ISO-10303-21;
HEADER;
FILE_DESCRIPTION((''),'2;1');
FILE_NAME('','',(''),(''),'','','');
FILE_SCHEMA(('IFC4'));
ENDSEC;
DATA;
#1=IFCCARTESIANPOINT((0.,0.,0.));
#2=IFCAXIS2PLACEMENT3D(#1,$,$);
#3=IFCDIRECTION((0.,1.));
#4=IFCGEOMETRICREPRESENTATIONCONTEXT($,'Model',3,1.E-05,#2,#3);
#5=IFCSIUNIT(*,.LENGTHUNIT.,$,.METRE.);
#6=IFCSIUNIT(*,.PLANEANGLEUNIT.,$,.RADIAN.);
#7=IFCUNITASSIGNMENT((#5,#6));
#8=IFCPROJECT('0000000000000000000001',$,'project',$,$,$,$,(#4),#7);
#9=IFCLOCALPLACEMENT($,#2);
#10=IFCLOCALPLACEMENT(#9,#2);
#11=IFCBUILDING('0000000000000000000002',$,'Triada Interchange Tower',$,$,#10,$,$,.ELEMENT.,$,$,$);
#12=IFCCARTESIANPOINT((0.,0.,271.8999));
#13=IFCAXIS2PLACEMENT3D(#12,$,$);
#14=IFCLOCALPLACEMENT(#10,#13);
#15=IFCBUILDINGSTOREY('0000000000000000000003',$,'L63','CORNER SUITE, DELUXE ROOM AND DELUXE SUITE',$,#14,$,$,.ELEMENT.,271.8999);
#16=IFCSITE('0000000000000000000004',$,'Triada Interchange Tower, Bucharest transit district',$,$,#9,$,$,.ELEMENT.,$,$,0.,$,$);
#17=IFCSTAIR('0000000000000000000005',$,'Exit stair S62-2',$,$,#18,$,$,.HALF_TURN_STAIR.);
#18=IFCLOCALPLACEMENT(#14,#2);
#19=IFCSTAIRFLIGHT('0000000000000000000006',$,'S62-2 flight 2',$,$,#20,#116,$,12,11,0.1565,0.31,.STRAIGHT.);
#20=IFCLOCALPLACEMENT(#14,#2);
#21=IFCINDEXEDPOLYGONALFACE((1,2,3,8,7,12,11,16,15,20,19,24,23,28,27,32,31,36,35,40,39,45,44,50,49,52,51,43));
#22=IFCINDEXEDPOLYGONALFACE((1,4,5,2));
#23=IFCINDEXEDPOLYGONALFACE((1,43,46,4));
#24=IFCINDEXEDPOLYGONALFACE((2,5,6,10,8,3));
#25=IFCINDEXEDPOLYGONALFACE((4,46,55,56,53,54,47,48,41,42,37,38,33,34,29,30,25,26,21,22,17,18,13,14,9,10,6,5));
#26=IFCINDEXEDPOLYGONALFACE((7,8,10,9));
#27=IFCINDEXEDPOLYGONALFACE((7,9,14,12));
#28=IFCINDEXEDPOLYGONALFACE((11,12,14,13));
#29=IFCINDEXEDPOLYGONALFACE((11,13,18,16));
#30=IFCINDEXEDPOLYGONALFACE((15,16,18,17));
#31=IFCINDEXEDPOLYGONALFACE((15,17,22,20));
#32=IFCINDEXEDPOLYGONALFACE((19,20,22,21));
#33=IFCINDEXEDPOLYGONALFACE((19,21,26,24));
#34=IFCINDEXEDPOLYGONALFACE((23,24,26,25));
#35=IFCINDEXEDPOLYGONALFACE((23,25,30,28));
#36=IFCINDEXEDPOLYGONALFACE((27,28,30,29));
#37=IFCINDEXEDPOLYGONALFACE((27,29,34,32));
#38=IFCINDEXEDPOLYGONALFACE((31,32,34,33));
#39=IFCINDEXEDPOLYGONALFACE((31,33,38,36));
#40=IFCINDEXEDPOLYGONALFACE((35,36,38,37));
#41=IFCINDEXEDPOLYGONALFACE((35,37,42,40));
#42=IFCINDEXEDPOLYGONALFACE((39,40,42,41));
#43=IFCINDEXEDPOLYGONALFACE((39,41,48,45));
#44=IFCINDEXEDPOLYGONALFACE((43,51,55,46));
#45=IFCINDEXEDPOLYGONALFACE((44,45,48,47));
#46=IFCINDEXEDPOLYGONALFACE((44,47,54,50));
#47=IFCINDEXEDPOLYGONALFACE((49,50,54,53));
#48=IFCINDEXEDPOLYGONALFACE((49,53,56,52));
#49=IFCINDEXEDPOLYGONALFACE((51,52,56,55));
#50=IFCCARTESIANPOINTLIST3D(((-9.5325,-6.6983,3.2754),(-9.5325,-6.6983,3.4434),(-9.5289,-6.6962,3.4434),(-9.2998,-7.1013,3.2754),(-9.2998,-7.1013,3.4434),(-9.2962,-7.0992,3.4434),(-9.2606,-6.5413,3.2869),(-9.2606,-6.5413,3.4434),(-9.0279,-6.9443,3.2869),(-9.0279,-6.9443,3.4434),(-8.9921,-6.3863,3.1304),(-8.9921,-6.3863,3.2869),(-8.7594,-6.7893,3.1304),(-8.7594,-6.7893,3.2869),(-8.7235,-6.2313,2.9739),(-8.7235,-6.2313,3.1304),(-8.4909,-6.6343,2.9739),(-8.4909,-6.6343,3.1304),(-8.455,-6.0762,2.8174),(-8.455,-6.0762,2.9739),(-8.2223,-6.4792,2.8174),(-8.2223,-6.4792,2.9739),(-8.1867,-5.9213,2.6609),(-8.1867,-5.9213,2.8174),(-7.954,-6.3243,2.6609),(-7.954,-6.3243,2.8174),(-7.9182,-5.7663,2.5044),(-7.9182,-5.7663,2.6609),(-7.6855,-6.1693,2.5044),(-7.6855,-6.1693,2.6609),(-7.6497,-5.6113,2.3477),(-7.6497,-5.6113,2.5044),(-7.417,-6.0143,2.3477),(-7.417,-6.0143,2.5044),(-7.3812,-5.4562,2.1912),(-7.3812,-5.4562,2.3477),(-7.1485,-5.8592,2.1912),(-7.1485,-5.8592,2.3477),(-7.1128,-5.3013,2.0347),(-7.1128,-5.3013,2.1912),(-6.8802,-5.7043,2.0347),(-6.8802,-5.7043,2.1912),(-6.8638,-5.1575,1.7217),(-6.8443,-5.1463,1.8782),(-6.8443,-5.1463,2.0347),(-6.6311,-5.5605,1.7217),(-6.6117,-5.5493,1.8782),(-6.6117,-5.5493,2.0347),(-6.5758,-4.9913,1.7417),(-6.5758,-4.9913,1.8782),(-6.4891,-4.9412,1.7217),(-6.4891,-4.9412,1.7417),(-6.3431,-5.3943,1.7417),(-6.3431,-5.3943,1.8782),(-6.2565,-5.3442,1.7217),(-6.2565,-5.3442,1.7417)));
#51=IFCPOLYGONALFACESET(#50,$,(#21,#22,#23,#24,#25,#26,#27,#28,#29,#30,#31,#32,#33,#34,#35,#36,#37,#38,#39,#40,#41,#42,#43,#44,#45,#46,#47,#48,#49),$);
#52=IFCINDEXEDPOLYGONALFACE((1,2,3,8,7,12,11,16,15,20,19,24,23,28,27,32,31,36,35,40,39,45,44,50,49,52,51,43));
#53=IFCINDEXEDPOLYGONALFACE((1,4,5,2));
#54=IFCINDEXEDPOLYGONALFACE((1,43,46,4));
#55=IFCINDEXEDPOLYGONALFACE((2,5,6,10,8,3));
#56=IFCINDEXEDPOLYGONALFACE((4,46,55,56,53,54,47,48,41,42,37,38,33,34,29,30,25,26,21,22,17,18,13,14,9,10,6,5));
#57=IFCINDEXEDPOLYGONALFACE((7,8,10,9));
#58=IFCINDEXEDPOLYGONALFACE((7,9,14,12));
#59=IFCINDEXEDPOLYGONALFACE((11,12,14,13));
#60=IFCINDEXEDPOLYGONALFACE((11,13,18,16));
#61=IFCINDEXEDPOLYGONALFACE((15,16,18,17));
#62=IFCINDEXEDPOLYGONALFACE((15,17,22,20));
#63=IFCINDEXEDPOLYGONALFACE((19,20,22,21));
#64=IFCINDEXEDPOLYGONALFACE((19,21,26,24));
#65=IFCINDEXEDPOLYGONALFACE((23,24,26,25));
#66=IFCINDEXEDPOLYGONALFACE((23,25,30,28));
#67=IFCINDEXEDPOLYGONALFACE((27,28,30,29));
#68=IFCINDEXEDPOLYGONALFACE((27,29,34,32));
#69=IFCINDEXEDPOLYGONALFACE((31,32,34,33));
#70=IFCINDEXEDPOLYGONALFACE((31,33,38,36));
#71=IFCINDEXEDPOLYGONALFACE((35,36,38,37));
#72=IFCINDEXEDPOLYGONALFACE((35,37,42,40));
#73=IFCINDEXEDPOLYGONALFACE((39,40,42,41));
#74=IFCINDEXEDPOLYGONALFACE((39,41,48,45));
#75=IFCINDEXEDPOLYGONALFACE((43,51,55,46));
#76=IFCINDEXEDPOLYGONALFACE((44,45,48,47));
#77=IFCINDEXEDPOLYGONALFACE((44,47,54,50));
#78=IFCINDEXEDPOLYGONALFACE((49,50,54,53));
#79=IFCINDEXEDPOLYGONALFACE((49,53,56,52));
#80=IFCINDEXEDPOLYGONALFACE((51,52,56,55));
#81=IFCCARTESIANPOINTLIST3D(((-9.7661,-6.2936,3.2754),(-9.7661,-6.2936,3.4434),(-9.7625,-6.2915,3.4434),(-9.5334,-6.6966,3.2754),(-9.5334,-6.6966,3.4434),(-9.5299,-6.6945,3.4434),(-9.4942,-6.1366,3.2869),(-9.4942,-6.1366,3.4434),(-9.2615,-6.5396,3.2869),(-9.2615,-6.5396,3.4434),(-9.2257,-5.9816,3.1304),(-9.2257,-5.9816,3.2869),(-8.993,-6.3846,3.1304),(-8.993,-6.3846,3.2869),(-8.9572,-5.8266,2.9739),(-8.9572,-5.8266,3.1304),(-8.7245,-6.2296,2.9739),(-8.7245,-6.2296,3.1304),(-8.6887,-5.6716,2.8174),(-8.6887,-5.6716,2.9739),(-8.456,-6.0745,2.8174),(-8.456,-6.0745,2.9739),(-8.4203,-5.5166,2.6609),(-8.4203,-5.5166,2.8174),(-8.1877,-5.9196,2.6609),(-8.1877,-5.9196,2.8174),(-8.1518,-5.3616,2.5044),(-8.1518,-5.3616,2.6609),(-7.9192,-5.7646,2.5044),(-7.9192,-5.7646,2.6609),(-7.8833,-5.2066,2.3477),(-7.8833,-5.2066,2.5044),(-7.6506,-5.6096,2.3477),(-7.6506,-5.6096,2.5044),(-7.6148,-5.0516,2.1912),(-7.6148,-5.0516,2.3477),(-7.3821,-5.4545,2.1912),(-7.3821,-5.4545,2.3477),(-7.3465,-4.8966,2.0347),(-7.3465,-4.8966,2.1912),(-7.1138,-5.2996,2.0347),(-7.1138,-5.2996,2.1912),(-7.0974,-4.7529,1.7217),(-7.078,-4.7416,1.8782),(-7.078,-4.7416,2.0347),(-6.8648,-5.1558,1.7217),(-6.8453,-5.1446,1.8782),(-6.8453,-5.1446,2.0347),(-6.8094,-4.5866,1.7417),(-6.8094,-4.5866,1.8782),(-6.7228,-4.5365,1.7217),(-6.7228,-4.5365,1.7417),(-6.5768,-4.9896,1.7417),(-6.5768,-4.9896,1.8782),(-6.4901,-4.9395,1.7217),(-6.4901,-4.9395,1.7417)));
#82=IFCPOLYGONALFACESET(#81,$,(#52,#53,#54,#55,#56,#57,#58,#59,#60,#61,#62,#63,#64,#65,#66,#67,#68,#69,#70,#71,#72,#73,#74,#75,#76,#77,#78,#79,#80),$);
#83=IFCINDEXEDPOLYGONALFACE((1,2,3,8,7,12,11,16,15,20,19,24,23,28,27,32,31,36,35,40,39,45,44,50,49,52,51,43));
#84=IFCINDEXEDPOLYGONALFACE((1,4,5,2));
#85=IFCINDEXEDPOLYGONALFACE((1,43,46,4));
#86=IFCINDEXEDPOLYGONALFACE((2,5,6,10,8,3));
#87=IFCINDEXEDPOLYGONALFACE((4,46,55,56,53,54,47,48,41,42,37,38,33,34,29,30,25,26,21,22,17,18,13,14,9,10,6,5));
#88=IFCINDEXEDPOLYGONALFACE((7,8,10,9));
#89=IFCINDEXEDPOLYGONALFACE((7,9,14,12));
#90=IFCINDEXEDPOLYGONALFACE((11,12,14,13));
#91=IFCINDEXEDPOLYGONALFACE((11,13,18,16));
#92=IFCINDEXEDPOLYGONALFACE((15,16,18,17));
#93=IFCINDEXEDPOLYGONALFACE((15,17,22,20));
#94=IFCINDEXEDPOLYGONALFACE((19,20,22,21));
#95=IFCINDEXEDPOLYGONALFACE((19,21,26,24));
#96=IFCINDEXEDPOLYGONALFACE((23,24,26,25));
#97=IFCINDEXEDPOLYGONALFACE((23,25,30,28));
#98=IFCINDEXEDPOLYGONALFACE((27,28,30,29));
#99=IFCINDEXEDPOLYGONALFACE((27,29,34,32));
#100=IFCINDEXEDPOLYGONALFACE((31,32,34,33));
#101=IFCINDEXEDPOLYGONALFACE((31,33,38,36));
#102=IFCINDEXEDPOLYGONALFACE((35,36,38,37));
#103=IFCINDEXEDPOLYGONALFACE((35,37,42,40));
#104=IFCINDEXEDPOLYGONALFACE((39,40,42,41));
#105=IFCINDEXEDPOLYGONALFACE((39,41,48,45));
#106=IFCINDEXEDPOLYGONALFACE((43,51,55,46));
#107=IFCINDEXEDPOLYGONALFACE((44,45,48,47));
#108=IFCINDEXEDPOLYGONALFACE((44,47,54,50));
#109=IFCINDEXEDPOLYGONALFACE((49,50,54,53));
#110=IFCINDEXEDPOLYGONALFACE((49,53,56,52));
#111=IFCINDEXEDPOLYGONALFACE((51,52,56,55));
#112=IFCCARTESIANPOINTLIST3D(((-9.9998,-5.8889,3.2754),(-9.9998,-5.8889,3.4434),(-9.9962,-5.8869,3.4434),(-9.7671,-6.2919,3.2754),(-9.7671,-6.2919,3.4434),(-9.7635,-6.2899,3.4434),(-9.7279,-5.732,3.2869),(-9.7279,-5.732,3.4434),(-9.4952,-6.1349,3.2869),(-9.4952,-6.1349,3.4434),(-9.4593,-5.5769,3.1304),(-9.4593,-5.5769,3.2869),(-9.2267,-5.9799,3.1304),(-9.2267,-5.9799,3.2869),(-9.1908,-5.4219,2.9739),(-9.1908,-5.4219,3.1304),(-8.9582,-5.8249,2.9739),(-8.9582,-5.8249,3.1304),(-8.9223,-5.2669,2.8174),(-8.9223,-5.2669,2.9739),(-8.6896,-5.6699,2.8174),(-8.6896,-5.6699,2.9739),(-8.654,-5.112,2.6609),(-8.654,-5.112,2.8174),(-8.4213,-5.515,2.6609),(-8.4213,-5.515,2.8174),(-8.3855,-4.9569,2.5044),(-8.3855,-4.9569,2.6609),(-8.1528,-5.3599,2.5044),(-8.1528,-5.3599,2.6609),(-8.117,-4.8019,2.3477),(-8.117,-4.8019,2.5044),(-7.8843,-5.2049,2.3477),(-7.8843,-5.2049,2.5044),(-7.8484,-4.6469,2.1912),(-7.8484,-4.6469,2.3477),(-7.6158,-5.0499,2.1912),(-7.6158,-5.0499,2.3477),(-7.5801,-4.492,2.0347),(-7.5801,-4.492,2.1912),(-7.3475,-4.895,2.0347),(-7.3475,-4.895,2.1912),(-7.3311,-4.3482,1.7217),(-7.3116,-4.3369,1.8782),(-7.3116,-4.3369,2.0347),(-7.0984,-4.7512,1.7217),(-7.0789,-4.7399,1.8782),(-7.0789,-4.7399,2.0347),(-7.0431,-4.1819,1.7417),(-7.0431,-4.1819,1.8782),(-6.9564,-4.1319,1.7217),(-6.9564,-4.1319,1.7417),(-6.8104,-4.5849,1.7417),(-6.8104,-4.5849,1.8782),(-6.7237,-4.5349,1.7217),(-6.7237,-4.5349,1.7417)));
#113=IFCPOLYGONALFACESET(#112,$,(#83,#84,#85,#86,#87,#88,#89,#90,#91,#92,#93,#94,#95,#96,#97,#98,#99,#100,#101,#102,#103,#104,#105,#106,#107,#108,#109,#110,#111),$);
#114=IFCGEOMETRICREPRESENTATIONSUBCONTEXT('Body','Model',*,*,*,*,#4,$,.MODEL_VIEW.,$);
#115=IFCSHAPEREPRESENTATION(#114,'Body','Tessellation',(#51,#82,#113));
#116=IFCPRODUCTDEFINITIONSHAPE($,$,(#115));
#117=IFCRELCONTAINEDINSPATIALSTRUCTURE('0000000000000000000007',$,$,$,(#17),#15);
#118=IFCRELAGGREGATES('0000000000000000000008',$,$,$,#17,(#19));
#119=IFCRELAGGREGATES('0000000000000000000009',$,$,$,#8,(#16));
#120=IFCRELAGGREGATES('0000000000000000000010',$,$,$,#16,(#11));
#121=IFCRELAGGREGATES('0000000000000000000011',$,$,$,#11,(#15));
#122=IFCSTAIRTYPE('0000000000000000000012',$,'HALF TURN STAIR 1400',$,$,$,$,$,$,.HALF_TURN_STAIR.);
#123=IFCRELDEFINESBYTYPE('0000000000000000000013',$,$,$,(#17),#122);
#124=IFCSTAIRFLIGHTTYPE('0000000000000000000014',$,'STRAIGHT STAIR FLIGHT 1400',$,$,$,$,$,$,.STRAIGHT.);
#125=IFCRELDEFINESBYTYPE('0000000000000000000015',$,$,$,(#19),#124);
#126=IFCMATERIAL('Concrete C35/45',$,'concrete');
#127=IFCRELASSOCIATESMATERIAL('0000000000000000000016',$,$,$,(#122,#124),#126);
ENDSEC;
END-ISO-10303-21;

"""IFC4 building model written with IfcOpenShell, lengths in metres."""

from ifc_helpers import new_model, si_unit, direction, frame, origin, place, context, subcontext, project, spatial, polyline, outline, extrude, material, type_object, element, aggregate, save


model = new_model("IFC4")

# Units and contexts
model_context = context("Model", 3, precision=1e-05, world=origin(), true_north=direction((0.0, 1.0)))
body_context = subcontext(model_context, "Body", "Model", "MODEL_VIEW")
ifc_project = project(units=[si_unit("LENGTHUNIT", "METRE"), si_unit("PLANEANGLEUNIT", "RADIAN")], contexts=[model_context])

# Site, building, storey
site_placement = place(None, origin())
site = spatial("IfcSite", under=ifc_project, at=site_placement, Name="Triada Interchange Tower, Bucharest transit district", CompositionType="ELEMENT", RefElevation=0.0)
building_placement = place(site_placement, origin())
building = spatial("IfcBuilding", under=site, at=building_placement, Name="Triada Interchange Tower", CompositionType="ELEMENT")
storey_placement = place(building_placement, frame((0.0, 0.0, 271.8999)))
storey = spatial("IfcBuildingStorey", under=building, at=storey_placement, Name="L63", Description="CORNER SUITE, DELUXE ROOM AND DELUXE SUITE", CompositionType="ELEMENT", Elevation=271.8999)

# Stair, stair flight
ifc_material_1 = material(Name="Concrete C35/45", Category="concrete")
stair_type = type_object("IfcStairType", Name="HALF TURN STAIR 1400", PredefinedType="HALF_TURN_STAIR", material=ifc_material_1)
stair_placement = place(storey_placement, origin())
stair = element("IfcStair", 1, at=stair_placement, inside=storey, type_object=stair_type, Name="Exit stair S62-2", PredefinedType="HALF_TURN_STAIR")
stair_flight_type = type_object("IfcStairFlightType", Name="STRAIGHT STAIR FLIGHT 1400", PredefinedType="STRAIGHT", material=ifc_material_1)
stair_flight_1_placement = place(storey_placement, frame((-6.6931, -4.7881, 1.7217), z_axis=(0.0, 0.0, 1.0), x_axis=(-0.866025, -0.5, 0.0)))
stair_flight_1 = element("IfcStairFlight", 2, at=stair_flight_1_placement, type_object=stair_flight_type, Name="S62-2 flight 2", NumberOfRisers=12, NumberOfTreads=11, PredefinedType="STRAIGHT", RiserHeight=0.1565, TreadLength=0.31, context=body_context, shape_type="SweptSolid", body=[
    extrude(outline(polyline([(-0.1001, 0.0), (-0.1001, 0.02), (0.0, 0.02), (0.0, 0.1565), (0.3101, 0.1565), (0.3101, 0.313), (0.6201, 0.313), (0.6201, 0.4695), (0.9299, 0.4695), (0.9299, 0.626), (1.24, 0.626), (1.24, 0.7827), (1.55, 0.7827), (1.55, 0.9392), (1.8601, 0.9392), (1.8601, 1.0957), (2.1699, 1.0957), (2.1699, 1.2522), (2.48, 1.2522), (2.48, 1.4087), (2.79, 1.4087), (2.79, 1.5652), (3.1001, 1.5652), (3.1001, 1.7217), (3.4099, 1.7217), (3.4141, 1.7217), (3.4141, 1.8782), (3.4141, 1.5537), (0.3325, 0.0), (-0.1001, 0.0)])), frame((0.0, 0.7, 0.0), z_axis=(0.0, -1.0, 0.0), x_axis=(1.0, 0.0, 0.0)), (0.0, 0.0, 1.0), 0.4653),
    extrude(outline(polyline([(-0.1001, 0.0), (-0.1001, 0.02), (0.0, 0.02), (0.0, 0.1565), (0.3101, 0.1565), (0.3101, 0.313), (0.6201, 0.313), (0.6201, 0.4695), (0.9299, 0.4695), (0.9299, 0.626), (1.24, 0.626), (1.24, 0.7827), (1.55, 0.7827), (1.55, 0.9392), (1.8601, 0.9392), (1.8601, 1.0957), (2.1699, 1.0957), (2.1699, 1.2522), (2.48, 1.2522), (2.48, 1.4087), (2.79, 1.4087), (2.79, 1.5652), (3.1001, 1.5652), (3.1001, 1.7217), (3.4099, 1.7217), (3.4141, 1.7217), (3.4141, 1.8782), (3.4141, 1.5537), (0.3325, 0.0), (-0.1001, 0.0)])), frame((0.0, 0.2327, 0.0), z_axis=(0.0, -1.0, 0.0), x_axis=(1.0, 0.0, 0.0)), (0.0, 0.0, 1.0), 0.4653),
    extrude(outline(polyline([(-0.1001, 0.0), (-0.1001, 0.02), (0.0, 0.02), (0.0, 0.1565), (0.3101, 0.1565), (0.3101, 0.313), (0.6201, 0.313), (0.6201, 0.4695), (0.9299, 0.4695), (0.9299, 0.626), (1.24, 0.626), (1.24, 0.7827), (1.55, 0.7827), (1.55, 0.9392), (1.8601, 0.9392), (1.8601, 1.0957), (2.1699, 1.0957), (2.1699, 1.2522), (2.48, 1.2522), (2.48, 1.4087), (2.79, 1.4087), (2.79, 1.5652), (3.1001, 1.5652), (3.1001, 1.7217), (3.4099, 1.7217), (3.4141, 1.7217), (3.4141, 1.8782), (3.4141, 1.5537), (0.3325, 0.0), (-0.1001, 0.0)])), frame((0.0, -0.2346, 0.0), z_axis=(0.0, -1.0, 0.0), x_axis=(1.0, 0.0, 0.0)), (0.0, 0.0, 1.0), 0.4653),
])
aggregate(stair, [stair_flight_1])

save(model, "model.ifc")
